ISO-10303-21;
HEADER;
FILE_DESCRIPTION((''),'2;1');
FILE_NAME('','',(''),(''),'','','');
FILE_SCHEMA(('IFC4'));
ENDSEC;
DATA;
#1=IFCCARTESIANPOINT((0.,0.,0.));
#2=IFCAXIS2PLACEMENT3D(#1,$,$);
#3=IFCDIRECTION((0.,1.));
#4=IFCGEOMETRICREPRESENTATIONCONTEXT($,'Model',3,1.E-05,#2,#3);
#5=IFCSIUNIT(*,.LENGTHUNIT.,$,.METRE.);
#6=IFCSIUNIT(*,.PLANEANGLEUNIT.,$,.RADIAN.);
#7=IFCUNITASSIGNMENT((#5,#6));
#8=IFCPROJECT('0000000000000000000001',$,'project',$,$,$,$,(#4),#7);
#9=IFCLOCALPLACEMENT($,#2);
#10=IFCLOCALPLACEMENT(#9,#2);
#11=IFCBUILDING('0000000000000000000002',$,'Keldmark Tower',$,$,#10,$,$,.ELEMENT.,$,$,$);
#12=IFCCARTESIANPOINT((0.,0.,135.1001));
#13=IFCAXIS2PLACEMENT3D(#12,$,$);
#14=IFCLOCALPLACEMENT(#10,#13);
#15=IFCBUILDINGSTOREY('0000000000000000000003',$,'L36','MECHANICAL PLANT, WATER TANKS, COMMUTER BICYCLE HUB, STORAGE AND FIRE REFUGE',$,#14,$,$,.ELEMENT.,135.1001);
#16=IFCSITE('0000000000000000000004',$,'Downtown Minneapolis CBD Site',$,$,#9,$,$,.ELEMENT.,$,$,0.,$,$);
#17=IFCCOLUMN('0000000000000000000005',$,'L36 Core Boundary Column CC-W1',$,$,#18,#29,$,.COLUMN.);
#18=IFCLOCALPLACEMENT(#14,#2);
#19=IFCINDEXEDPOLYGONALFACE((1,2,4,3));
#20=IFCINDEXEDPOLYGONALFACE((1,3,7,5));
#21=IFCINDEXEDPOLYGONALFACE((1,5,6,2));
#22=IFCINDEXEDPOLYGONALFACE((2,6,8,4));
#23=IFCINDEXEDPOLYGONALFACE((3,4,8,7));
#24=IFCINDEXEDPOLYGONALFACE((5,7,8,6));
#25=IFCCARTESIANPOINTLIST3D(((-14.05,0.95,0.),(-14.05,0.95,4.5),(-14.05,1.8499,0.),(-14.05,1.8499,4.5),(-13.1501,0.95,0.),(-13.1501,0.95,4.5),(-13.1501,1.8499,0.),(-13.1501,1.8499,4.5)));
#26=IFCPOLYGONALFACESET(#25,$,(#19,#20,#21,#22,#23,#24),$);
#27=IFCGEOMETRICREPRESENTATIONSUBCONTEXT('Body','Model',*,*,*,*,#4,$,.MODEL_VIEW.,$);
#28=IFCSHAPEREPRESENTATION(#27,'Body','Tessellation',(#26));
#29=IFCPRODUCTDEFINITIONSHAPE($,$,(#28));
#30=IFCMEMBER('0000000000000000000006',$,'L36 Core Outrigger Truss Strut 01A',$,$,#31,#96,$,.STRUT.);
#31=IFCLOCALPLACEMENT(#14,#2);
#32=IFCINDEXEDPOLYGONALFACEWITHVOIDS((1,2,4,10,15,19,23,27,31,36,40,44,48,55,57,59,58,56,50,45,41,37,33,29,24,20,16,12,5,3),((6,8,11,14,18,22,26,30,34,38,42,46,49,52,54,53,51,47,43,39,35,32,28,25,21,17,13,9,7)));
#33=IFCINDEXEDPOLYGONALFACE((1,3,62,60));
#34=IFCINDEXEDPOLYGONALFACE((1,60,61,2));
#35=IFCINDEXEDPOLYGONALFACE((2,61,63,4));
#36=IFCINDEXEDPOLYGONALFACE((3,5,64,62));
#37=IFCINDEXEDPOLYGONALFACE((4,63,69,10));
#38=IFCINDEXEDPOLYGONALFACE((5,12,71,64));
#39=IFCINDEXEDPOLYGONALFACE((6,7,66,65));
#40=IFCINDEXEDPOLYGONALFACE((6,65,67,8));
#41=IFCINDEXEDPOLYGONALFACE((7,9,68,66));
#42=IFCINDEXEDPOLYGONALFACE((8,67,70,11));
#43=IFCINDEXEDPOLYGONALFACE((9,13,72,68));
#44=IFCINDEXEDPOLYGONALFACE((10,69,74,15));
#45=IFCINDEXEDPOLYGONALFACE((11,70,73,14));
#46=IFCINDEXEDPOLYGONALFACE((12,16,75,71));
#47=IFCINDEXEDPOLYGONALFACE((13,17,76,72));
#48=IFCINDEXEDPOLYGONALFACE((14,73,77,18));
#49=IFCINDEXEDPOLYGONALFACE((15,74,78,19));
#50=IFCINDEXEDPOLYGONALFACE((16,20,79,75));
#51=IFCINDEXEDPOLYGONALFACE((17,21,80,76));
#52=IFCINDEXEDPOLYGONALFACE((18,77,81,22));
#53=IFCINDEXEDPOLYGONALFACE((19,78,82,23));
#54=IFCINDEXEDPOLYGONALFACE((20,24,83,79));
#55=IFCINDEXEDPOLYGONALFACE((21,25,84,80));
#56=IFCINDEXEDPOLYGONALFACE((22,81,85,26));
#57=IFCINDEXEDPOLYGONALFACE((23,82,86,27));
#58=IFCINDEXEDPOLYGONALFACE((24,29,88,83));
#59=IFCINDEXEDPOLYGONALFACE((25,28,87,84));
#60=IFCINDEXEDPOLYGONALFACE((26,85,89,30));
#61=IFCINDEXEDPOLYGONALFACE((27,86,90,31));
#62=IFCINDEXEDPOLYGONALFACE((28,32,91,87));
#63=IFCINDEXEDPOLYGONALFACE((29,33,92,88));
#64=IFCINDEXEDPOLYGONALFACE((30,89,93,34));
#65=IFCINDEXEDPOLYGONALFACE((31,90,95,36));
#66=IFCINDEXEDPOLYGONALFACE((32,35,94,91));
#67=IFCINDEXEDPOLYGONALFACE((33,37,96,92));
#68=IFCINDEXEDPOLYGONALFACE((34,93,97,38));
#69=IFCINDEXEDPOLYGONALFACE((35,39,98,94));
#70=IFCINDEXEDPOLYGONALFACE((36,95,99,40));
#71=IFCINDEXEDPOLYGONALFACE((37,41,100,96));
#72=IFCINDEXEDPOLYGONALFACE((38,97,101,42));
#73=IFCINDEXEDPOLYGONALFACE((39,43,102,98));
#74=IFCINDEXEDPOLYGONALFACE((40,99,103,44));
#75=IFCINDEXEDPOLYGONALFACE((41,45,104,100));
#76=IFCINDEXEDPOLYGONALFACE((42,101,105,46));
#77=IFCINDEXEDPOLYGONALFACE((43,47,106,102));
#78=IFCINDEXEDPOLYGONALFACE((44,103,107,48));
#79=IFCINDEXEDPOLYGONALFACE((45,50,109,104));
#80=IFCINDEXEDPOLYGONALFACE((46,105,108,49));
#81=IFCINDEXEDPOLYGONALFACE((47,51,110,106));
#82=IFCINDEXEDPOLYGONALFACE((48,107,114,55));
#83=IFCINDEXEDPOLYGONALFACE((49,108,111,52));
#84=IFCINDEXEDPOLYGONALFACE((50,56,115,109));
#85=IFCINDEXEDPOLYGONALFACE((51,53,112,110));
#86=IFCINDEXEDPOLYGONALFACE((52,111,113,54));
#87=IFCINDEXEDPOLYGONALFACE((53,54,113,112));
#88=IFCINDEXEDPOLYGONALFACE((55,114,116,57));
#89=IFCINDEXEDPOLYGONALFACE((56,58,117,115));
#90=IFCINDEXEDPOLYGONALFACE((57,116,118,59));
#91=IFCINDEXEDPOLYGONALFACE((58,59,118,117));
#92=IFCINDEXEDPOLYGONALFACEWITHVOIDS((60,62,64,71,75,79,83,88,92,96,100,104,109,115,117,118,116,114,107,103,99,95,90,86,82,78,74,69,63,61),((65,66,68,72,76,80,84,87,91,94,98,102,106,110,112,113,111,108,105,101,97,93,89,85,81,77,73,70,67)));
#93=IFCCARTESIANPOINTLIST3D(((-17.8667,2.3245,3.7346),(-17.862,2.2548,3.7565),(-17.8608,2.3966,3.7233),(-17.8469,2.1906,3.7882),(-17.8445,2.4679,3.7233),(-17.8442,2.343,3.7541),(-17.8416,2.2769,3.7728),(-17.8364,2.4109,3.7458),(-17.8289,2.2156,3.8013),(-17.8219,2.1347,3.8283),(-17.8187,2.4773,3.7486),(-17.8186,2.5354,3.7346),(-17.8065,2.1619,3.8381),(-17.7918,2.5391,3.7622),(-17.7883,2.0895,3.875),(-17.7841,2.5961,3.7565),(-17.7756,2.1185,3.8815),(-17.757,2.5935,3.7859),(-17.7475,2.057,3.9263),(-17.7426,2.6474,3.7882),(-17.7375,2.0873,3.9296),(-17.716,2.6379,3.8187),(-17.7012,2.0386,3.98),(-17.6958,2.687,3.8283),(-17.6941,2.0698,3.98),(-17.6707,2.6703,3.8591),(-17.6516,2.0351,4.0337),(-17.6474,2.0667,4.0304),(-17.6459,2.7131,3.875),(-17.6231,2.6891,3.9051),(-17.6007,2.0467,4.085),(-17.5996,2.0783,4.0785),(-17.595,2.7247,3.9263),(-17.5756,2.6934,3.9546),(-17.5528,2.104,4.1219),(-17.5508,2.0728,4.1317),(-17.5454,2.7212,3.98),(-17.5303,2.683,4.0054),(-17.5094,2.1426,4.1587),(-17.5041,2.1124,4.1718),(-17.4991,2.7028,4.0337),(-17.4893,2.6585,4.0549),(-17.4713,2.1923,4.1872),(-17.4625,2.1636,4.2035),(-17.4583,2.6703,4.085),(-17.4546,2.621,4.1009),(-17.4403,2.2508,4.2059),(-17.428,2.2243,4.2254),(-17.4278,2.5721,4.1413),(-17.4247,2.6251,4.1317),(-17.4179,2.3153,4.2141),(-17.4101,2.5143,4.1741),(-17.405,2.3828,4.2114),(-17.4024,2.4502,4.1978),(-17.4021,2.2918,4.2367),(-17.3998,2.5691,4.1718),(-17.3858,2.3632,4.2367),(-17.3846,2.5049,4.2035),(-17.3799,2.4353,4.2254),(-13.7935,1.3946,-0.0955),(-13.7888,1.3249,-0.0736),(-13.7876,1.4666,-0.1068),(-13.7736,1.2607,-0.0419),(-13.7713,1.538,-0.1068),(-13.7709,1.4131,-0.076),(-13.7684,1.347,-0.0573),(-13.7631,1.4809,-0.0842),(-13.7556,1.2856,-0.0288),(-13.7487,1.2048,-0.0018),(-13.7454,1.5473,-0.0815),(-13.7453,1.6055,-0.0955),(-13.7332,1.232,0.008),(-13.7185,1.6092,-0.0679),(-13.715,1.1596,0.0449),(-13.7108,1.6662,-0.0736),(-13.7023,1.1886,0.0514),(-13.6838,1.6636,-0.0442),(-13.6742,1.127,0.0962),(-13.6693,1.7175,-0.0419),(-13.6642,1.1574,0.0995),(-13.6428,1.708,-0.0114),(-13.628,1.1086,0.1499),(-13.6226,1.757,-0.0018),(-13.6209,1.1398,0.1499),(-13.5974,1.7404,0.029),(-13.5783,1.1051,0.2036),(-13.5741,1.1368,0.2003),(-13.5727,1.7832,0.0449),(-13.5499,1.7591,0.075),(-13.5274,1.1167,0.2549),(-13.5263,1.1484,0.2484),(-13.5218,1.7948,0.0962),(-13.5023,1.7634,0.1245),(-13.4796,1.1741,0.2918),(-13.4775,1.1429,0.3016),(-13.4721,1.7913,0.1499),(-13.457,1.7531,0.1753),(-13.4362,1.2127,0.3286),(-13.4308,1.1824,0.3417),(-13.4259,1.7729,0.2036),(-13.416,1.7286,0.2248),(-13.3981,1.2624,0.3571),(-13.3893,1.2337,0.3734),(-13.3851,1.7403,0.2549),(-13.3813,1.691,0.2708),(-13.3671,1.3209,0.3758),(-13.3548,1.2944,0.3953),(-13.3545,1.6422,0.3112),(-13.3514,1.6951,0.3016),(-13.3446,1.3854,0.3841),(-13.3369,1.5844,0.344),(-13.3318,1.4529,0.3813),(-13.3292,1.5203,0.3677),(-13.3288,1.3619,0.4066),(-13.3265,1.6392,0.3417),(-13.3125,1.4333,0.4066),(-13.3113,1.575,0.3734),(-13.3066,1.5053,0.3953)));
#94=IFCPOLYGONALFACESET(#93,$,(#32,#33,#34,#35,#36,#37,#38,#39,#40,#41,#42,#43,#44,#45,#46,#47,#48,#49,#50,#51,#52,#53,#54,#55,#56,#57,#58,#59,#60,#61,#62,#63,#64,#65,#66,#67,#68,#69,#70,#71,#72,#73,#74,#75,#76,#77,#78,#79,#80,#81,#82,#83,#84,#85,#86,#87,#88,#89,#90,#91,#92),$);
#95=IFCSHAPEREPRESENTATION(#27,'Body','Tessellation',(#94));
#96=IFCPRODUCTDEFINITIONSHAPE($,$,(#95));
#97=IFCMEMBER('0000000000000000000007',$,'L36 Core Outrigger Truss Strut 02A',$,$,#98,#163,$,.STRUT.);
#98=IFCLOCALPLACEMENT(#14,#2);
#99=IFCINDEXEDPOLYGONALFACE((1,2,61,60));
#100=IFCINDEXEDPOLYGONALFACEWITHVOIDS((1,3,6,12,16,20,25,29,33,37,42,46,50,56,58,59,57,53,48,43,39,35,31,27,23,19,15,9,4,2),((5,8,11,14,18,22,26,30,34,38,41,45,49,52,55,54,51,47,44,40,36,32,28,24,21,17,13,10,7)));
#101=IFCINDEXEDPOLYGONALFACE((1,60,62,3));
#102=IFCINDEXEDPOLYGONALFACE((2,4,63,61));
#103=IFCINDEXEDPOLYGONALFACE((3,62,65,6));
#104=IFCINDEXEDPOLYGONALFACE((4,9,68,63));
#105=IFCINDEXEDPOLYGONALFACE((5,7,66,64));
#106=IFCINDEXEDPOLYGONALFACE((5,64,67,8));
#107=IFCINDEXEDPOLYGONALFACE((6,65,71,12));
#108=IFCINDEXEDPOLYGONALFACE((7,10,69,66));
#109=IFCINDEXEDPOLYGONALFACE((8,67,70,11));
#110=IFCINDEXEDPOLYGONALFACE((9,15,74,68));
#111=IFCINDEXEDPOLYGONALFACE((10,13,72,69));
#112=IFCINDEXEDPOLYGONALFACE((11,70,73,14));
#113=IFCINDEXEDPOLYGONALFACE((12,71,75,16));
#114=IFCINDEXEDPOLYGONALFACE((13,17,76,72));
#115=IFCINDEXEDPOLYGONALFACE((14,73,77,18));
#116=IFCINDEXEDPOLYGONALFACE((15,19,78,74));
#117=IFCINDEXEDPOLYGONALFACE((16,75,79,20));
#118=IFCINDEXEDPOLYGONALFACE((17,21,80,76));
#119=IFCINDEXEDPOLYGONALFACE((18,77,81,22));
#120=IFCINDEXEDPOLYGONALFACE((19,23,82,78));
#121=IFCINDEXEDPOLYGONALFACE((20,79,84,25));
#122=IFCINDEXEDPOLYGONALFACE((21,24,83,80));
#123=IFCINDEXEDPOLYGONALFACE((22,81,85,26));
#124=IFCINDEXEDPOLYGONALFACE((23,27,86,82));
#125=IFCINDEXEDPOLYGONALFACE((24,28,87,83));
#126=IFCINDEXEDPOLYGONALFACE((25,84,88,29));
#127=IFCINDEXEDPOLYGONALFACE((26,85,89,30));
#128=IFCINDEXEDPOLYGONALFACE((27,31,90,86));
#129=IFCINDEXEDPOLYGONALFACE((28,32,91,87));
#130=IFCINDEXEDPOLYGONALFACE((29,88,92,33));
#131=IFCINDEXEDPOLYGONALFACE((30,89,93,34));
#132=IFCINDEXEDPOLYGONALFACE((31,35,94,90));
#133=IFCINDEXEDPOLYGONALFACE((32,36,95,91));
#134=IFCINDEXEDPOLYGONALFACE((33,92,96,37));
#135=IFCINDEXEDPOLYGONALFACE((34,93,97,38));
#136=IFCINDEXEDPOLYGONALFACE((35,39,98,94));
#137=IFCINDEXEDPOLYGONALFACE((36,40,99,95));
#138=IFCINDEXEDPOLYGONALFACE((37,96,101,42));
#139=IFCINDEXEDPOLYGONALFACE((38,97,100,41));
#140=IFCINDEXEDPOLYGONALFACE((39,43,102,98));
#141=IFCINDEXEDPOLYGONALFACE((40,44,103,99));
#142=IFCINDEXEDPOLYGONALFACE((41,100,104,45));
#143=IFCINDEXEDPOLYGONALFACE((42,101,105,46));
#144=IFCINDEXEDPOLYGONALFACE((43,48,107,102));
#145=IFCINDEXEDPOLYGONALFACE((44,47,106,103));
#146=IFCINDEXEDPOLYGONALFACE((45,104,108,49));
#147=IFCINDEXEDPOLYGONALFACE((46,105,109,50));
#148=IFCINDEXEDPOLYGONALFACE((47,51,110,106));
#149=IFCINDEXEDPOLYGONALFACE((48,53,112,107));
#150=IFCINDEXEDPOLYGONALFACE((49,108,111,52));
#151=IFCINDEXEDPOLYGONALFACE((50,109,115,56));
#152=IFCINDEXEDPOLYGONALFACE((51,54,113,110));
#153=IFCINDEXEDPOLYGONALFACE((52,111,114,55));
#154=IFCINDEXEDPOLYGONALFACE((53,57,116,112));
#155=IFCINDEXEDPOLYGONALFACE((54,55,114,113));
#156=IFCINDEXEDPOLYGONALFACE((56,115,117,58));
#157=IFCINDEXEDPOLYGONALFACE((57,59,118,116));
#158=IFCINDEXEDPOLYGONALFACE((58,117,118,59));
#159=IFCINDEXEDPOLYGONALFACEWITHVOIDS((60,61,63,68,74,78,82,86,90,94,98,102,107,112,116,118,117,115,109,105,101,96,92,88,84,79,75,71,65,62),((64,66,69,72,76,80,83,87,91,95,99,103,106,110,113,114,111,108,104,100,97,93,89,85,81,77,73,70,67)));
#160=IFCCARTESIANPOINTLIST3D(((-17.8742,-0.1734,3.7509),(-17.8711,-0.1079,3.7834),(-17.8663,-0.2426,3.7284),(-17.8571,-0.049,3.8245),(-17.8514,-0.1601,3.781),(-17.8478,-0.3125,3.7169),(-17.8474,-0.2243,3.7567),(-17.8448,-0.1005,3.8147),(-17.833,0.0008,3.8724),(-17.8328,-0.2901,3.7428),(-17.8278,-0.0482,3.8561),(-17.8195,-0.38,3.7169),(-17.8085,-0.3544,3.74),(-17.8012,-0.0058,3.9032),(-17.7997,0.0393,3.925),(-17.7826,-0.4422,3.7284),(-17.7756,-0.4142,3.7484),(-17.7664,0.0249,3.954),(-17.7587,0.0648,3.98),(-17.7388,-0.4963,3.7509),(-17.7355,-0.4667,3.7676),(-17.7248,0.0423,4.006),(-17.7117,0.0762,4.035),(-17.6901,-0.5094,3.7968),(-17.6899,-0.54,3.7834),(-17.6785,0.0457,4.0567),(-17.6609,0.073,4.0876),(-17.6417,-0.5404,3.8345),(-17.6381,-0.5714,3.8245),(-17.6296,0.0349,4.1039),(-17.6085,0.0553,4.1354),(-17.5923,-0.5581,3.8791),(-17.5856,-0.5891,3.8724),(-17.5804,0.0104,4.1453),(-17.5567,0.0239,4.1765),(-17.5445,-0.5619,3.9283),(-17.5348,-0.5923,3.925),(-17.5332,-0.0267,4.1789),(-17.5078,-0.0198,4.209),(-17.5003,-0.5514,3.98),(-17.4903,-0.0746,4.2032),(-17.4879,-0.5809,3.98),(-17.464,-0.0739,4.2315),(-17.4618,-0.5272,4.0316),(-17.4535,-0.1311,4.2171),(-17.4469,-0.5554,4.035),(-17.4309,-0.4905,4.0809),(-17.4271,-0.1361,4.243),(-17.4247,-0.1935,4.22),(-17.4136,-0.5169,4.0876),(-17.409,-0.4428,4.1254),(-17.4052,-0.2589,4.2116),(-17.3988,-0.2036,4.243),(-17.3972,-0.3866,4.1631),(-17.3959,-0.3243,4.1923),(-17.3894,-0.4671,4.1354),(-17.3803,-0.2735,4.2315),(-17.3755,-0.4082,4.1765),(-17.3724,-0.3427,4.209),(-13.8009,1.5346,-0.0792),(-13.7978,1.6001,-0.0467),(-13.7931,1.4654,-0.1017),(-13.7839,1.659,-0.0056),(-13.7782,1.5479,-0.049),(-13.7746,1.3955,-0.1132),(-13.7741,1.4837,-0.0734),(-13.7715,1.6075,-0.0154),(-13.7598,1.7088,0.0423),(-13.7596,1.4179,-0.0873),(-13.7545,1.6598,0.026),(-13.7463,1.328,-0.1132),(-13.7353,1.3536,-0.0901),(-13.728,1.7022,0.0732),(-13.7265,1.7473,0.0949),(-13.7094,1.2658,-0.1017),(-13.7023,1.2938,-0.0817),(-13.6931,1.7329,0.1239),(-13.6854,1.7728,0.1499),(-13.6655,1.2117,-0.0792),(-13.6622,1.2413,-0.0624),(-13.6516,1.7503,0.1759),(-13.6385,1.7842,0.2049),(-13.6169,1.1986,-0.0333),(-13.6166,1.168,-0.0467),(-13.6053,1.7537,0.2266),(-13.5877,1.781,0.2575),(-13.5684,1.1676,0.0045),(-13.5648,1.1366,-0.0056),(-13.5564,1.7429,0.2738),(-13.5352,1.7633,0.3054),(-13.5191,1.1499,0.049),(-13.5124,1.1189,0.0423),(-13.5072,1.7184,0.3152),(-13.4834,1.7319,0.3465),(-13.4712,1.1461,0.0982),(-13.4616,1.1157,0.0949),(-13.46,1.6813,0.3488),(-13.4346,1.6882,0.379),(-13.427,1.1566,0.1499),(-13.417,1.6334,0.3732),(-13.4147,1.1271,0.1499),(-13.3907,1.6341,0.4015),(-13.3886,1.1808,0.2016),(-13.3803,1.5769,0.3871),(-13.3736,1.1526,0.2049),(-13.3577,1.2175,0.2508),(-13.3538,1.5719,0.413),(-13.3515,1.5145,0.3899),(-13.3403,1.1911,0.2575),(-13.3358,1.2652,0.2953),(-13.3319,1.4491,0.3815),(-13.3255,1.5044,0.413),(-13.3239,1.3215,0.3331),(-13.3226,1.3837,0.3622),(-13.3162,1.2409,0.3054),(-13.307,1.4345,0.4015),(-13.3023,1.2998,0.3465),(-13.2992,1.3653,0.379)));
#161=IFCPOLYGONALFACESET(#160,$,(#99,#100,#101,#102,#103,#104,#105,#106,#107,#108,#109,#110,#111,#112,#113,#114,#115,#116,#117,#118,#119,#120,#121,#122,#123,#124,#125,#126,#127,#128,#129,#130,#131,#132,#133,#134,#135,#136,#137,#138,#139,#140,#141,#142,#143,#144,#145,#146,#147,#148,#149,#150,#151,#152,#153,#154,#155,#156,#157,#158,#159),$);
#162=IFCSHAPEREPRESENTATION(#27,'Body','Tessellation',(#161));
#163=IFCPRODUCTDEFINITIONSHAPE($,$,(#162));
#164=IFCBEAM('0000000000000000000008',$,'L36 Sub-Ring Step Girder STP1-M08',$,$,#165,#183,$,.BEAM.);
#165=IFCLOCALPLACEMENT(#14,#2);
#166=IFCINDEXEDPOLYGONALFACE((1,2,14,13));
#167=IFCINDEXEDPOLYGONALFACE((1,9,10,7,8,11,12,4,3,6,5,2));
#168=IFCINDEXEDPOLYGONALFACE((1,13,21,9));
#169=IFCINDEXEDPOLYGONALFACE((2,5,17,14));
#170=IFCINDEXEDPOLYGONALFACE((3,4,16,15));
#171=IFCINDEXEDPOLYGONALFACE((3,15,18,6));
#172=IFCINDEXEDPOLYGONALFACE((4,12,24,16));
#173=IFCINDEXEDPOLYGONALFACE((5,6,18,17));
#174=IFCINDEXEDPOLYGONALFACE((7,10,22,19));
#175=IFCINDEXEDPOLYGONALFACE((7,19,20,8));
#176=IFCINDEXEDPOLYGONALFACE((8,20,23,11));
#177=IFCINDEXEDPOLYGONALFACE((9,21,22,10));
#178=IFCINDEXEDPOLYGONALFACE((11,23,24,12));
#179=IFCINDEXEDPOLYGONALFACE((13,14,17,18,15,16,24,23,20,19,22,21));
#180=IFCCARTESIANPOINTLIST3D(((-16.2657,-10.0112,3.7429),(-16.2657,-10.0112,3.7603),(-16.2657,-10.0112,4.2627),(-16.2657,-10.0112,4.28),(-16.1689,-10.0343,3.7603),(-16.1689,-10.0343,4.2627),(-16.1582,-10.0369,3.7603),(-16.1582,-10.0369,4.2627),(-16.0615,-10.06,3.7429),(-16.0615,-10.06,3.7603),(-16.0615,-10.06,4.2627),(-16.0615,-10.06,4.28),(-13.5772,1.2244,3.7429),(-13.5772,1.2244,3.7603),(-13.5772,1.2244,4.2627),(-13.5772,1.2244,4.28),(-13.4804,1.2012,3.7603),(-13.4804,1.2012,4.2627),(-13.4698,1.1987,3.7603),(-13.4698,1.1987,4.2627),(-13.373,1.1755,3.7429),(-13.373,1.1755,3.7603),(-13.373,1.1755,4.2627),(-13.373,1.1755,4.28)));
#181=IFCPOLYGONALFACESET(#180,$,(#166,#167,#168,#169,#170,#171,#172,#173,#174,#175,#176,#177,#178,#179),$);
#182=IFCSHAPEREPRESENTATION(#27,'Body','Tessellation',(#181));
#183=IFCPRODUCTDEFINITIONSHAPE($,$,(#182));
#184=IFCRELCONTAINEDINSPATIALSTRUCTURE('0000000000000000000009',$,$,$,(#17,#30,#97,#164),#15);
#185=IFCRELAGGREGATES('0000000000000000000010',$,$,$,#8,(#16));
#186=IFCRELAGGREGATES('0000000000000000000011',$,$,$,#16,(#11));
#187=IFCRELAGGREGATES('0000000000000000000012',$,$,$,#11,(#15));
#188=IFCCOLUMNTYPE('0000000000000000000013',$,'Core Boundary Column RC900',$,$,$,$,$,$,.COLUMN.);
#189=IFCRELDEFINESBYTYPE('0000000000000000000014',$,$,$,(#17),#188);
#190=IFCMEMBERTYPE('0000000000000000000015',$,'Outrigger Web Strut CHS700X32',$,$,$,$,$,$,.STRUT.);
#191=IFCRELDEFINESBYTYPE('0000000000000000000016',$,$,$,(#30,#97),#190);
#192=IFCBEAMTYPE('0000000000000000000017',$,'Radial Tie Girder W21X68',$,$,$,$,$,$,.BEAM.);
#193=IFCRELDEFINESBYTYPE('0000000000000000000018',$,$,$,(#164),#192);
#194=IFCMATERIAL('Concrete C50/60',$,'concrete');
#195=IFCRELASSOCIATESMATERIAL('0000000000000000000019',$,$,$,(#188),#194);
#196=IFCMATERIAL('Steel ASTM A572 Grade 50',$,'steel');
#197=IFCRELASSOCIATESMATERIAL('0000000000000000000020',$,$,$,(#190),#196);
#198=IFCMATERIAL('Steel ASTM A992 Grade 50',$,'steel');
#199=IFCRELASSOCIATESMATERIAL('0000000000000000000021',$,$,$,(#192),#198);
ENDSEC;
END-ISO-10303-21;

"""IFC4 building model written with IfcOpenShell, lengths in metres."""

from ifc_helpers import new_model, si_unit, direction, frame, origin, origin_2d, place, context, subcontext, project, spatial, rectangle, hollow_circle, i_section, extrude, material, material_profile, profile_set, type_object, element, save


model = new_model("IFC4")

# Units and contexts
model_context = context("Model", 3, precision=1e-05, world=origin(), true_north=direction((0.0, 1.0)))
body_context = subcontext(model_context, "Body", "Model", "MODEL_VIEW")
ifc_project = project(units=[si_unit("LENGTHUNIT", "METRE"), si_unit("PLANEANGLEUNIT", "RADIAN")], contexts=[model_context])

# Site, building, storey
site_placement = place(None, origin())
site = spatial("IfcSite", under=ifc_project, at=site_placement, Name="Downtown Minneapolis CBD Site", CompositionType="ELEMENT", RefElevation=0.0)
building_placement = place(site_placement, origin())
building = spatial("IfcBuilding", under=site, at=building_placement, Name="Keldmark Tower", CompositionType="ELEMENT")
storey_placement = place(building_placement, frame((0.0, 0.0, 135.1001)))
storey = spatial("IfcBuildingStorey", under=building, at=storey_placement, Name="L36", Description="MECHANICAL PLANT, WATER TANKS, COMMUTER BICYCLE HUB, STORAGE AND FIRE REFUGE", CompositionType="ELEMENT", Elevation=135.1001)

# Column
ifc_material_1 = material(Name="Concrete C50/60", Category="concrete")
ifc_material_profile_1 = material_profile(ifc_material_1, rectangle(XDim=0.8999, YDim=0.8999, at=origin_2d()), Name="RC900X900")
ifc_profile_set_1 = profile_set([ifc_material_profile_1], Name="Concrete C50/60")
column_type = type_object("IfcColumnType", Name="Core Boundary Column RC900", PredefinedType="COLUMN", material=ifc_profile_set_1)
column_placement = place(storey_placement, frame((-13.6001, 1.3999, 0.0), z_axis=(0.0, 0.0, 1.0), x_axis=(1.0, 0.0, 0.0)))
element("IfcColumn", 1, at=column_placement, inside=storey, type_object=column_type, Name="L36 Core Boundary Column CC-W1", PredefinedType="COLUMN", context=body_context, shape_type="SweptSolid", body=[
    extrude(rectangle(XDim=0.8999, YDim=0.8999, at=origin_2d()), origin(), (0.0, 0.0, 1.0), 4.5),
])

# Members
ifc_material_2 = material(Name="Steel ASTM A572 Grade 50", Category="steel")
ifc_material_profile_2 = material_profile(ifc_material_2, hollow_circle(Radius=0.3501, WallThickness=0.032, at=origin_2d()), Name="CHS700X32")
ifc_profile_set_2 = profile_set([ifc_material_profile_2], Name="Steel ASTM A572 Grade 50")
member_type = type_object("IfcMemberType", Name="Outrigger Web Strut CHS700X32", PredefinedType="STRUT", material=ifc_profile_set_2)
member_1_placement = place(storey_placement, frame((-13.55, 1.45, 0.1499), z_axis=(-0.718646, 0.164069, 0.675744), x_axis=(-0.222576, -0.974915, 0.0)))
element("IfcMember", 2, at=member_1_placement, inside=storey, type_object=member_type, Name="L36 Core Outrigger Truss Strut 01A", PredefinedType="STRUT", context=body_context, shape_type="SweptSolid", body=[
    extrude(hollow_circle(Radius=0.3501, WallThickness=0.032, at=origin_2d()), origin(), (0.0, 0.0, 1.0), 5.668),
])
member_2_placement = place(storey_placement, frame((-13.55, 1.45, 0.1499), z_axis=(-0.696733, -0.292157, 0.655139), x_axis=(0.386702, -0.922205, 0.0)))
element("IfcMember", 3, at=member_2_placement, inside=storey, type_object=member_type, Name="L36 Core Outrigger Truss Strut 02A", PredefinedType="STRUT", context=body_context, shape_type="SweptSolid", body=[
    extrude(hollow_circle(Radius=0.3501, WallThickness=0.032, at=origin_2d()), origin(), (0.0, 0.0, 1.0), 5.8462),
])

# Beam
ifc_material_3 = material(Name="Steel ASTM A992 Grade 50", Category="steel")
ifc_material_profile_3 = material_profile(ifc_material_3, i_section(OverallWidth=0.21, OverallDepth=0.5371, WebThickness=0.011, FlangeThickness=0.0173, at=origin_2d()), Name="W21X68")
ifc_profile_set_3 = profile_set([ifc_material_profile_3], Name="Steel ASTM A992 Grade 50")
beam_type = type_object("IfcBeamType", Name="Radial Tie Girder W21X68", PredefinedType="BEAM", material=ifc_profile_set_3)
beam_1_placement = place(storey_placement, frame((-13.4751, 1.2, 4.0115), z_axis=(-0.232713, -0.972546, 0.0), x_axis=(0.972546, -0.232713, 0.0)))
element("IfcBeam", 4, at=beam_1_placement, inside=storey, type_object=beam_type, Name="L36 Sub-Ring Step Girder STP1-M08", PredefinedType="BEAM", context=body_context, shape_type="SweptSolid", body=[
    extrude(i_section(OverallWidth=0.21, OverallDepth=0.5371, WebThickness=0.011, FlangeThickness=0.0173, at=origin_2d()), origin(), (0.0, 0.0, 1.0), 11.5527),
])

save(model, "model.ifc")
